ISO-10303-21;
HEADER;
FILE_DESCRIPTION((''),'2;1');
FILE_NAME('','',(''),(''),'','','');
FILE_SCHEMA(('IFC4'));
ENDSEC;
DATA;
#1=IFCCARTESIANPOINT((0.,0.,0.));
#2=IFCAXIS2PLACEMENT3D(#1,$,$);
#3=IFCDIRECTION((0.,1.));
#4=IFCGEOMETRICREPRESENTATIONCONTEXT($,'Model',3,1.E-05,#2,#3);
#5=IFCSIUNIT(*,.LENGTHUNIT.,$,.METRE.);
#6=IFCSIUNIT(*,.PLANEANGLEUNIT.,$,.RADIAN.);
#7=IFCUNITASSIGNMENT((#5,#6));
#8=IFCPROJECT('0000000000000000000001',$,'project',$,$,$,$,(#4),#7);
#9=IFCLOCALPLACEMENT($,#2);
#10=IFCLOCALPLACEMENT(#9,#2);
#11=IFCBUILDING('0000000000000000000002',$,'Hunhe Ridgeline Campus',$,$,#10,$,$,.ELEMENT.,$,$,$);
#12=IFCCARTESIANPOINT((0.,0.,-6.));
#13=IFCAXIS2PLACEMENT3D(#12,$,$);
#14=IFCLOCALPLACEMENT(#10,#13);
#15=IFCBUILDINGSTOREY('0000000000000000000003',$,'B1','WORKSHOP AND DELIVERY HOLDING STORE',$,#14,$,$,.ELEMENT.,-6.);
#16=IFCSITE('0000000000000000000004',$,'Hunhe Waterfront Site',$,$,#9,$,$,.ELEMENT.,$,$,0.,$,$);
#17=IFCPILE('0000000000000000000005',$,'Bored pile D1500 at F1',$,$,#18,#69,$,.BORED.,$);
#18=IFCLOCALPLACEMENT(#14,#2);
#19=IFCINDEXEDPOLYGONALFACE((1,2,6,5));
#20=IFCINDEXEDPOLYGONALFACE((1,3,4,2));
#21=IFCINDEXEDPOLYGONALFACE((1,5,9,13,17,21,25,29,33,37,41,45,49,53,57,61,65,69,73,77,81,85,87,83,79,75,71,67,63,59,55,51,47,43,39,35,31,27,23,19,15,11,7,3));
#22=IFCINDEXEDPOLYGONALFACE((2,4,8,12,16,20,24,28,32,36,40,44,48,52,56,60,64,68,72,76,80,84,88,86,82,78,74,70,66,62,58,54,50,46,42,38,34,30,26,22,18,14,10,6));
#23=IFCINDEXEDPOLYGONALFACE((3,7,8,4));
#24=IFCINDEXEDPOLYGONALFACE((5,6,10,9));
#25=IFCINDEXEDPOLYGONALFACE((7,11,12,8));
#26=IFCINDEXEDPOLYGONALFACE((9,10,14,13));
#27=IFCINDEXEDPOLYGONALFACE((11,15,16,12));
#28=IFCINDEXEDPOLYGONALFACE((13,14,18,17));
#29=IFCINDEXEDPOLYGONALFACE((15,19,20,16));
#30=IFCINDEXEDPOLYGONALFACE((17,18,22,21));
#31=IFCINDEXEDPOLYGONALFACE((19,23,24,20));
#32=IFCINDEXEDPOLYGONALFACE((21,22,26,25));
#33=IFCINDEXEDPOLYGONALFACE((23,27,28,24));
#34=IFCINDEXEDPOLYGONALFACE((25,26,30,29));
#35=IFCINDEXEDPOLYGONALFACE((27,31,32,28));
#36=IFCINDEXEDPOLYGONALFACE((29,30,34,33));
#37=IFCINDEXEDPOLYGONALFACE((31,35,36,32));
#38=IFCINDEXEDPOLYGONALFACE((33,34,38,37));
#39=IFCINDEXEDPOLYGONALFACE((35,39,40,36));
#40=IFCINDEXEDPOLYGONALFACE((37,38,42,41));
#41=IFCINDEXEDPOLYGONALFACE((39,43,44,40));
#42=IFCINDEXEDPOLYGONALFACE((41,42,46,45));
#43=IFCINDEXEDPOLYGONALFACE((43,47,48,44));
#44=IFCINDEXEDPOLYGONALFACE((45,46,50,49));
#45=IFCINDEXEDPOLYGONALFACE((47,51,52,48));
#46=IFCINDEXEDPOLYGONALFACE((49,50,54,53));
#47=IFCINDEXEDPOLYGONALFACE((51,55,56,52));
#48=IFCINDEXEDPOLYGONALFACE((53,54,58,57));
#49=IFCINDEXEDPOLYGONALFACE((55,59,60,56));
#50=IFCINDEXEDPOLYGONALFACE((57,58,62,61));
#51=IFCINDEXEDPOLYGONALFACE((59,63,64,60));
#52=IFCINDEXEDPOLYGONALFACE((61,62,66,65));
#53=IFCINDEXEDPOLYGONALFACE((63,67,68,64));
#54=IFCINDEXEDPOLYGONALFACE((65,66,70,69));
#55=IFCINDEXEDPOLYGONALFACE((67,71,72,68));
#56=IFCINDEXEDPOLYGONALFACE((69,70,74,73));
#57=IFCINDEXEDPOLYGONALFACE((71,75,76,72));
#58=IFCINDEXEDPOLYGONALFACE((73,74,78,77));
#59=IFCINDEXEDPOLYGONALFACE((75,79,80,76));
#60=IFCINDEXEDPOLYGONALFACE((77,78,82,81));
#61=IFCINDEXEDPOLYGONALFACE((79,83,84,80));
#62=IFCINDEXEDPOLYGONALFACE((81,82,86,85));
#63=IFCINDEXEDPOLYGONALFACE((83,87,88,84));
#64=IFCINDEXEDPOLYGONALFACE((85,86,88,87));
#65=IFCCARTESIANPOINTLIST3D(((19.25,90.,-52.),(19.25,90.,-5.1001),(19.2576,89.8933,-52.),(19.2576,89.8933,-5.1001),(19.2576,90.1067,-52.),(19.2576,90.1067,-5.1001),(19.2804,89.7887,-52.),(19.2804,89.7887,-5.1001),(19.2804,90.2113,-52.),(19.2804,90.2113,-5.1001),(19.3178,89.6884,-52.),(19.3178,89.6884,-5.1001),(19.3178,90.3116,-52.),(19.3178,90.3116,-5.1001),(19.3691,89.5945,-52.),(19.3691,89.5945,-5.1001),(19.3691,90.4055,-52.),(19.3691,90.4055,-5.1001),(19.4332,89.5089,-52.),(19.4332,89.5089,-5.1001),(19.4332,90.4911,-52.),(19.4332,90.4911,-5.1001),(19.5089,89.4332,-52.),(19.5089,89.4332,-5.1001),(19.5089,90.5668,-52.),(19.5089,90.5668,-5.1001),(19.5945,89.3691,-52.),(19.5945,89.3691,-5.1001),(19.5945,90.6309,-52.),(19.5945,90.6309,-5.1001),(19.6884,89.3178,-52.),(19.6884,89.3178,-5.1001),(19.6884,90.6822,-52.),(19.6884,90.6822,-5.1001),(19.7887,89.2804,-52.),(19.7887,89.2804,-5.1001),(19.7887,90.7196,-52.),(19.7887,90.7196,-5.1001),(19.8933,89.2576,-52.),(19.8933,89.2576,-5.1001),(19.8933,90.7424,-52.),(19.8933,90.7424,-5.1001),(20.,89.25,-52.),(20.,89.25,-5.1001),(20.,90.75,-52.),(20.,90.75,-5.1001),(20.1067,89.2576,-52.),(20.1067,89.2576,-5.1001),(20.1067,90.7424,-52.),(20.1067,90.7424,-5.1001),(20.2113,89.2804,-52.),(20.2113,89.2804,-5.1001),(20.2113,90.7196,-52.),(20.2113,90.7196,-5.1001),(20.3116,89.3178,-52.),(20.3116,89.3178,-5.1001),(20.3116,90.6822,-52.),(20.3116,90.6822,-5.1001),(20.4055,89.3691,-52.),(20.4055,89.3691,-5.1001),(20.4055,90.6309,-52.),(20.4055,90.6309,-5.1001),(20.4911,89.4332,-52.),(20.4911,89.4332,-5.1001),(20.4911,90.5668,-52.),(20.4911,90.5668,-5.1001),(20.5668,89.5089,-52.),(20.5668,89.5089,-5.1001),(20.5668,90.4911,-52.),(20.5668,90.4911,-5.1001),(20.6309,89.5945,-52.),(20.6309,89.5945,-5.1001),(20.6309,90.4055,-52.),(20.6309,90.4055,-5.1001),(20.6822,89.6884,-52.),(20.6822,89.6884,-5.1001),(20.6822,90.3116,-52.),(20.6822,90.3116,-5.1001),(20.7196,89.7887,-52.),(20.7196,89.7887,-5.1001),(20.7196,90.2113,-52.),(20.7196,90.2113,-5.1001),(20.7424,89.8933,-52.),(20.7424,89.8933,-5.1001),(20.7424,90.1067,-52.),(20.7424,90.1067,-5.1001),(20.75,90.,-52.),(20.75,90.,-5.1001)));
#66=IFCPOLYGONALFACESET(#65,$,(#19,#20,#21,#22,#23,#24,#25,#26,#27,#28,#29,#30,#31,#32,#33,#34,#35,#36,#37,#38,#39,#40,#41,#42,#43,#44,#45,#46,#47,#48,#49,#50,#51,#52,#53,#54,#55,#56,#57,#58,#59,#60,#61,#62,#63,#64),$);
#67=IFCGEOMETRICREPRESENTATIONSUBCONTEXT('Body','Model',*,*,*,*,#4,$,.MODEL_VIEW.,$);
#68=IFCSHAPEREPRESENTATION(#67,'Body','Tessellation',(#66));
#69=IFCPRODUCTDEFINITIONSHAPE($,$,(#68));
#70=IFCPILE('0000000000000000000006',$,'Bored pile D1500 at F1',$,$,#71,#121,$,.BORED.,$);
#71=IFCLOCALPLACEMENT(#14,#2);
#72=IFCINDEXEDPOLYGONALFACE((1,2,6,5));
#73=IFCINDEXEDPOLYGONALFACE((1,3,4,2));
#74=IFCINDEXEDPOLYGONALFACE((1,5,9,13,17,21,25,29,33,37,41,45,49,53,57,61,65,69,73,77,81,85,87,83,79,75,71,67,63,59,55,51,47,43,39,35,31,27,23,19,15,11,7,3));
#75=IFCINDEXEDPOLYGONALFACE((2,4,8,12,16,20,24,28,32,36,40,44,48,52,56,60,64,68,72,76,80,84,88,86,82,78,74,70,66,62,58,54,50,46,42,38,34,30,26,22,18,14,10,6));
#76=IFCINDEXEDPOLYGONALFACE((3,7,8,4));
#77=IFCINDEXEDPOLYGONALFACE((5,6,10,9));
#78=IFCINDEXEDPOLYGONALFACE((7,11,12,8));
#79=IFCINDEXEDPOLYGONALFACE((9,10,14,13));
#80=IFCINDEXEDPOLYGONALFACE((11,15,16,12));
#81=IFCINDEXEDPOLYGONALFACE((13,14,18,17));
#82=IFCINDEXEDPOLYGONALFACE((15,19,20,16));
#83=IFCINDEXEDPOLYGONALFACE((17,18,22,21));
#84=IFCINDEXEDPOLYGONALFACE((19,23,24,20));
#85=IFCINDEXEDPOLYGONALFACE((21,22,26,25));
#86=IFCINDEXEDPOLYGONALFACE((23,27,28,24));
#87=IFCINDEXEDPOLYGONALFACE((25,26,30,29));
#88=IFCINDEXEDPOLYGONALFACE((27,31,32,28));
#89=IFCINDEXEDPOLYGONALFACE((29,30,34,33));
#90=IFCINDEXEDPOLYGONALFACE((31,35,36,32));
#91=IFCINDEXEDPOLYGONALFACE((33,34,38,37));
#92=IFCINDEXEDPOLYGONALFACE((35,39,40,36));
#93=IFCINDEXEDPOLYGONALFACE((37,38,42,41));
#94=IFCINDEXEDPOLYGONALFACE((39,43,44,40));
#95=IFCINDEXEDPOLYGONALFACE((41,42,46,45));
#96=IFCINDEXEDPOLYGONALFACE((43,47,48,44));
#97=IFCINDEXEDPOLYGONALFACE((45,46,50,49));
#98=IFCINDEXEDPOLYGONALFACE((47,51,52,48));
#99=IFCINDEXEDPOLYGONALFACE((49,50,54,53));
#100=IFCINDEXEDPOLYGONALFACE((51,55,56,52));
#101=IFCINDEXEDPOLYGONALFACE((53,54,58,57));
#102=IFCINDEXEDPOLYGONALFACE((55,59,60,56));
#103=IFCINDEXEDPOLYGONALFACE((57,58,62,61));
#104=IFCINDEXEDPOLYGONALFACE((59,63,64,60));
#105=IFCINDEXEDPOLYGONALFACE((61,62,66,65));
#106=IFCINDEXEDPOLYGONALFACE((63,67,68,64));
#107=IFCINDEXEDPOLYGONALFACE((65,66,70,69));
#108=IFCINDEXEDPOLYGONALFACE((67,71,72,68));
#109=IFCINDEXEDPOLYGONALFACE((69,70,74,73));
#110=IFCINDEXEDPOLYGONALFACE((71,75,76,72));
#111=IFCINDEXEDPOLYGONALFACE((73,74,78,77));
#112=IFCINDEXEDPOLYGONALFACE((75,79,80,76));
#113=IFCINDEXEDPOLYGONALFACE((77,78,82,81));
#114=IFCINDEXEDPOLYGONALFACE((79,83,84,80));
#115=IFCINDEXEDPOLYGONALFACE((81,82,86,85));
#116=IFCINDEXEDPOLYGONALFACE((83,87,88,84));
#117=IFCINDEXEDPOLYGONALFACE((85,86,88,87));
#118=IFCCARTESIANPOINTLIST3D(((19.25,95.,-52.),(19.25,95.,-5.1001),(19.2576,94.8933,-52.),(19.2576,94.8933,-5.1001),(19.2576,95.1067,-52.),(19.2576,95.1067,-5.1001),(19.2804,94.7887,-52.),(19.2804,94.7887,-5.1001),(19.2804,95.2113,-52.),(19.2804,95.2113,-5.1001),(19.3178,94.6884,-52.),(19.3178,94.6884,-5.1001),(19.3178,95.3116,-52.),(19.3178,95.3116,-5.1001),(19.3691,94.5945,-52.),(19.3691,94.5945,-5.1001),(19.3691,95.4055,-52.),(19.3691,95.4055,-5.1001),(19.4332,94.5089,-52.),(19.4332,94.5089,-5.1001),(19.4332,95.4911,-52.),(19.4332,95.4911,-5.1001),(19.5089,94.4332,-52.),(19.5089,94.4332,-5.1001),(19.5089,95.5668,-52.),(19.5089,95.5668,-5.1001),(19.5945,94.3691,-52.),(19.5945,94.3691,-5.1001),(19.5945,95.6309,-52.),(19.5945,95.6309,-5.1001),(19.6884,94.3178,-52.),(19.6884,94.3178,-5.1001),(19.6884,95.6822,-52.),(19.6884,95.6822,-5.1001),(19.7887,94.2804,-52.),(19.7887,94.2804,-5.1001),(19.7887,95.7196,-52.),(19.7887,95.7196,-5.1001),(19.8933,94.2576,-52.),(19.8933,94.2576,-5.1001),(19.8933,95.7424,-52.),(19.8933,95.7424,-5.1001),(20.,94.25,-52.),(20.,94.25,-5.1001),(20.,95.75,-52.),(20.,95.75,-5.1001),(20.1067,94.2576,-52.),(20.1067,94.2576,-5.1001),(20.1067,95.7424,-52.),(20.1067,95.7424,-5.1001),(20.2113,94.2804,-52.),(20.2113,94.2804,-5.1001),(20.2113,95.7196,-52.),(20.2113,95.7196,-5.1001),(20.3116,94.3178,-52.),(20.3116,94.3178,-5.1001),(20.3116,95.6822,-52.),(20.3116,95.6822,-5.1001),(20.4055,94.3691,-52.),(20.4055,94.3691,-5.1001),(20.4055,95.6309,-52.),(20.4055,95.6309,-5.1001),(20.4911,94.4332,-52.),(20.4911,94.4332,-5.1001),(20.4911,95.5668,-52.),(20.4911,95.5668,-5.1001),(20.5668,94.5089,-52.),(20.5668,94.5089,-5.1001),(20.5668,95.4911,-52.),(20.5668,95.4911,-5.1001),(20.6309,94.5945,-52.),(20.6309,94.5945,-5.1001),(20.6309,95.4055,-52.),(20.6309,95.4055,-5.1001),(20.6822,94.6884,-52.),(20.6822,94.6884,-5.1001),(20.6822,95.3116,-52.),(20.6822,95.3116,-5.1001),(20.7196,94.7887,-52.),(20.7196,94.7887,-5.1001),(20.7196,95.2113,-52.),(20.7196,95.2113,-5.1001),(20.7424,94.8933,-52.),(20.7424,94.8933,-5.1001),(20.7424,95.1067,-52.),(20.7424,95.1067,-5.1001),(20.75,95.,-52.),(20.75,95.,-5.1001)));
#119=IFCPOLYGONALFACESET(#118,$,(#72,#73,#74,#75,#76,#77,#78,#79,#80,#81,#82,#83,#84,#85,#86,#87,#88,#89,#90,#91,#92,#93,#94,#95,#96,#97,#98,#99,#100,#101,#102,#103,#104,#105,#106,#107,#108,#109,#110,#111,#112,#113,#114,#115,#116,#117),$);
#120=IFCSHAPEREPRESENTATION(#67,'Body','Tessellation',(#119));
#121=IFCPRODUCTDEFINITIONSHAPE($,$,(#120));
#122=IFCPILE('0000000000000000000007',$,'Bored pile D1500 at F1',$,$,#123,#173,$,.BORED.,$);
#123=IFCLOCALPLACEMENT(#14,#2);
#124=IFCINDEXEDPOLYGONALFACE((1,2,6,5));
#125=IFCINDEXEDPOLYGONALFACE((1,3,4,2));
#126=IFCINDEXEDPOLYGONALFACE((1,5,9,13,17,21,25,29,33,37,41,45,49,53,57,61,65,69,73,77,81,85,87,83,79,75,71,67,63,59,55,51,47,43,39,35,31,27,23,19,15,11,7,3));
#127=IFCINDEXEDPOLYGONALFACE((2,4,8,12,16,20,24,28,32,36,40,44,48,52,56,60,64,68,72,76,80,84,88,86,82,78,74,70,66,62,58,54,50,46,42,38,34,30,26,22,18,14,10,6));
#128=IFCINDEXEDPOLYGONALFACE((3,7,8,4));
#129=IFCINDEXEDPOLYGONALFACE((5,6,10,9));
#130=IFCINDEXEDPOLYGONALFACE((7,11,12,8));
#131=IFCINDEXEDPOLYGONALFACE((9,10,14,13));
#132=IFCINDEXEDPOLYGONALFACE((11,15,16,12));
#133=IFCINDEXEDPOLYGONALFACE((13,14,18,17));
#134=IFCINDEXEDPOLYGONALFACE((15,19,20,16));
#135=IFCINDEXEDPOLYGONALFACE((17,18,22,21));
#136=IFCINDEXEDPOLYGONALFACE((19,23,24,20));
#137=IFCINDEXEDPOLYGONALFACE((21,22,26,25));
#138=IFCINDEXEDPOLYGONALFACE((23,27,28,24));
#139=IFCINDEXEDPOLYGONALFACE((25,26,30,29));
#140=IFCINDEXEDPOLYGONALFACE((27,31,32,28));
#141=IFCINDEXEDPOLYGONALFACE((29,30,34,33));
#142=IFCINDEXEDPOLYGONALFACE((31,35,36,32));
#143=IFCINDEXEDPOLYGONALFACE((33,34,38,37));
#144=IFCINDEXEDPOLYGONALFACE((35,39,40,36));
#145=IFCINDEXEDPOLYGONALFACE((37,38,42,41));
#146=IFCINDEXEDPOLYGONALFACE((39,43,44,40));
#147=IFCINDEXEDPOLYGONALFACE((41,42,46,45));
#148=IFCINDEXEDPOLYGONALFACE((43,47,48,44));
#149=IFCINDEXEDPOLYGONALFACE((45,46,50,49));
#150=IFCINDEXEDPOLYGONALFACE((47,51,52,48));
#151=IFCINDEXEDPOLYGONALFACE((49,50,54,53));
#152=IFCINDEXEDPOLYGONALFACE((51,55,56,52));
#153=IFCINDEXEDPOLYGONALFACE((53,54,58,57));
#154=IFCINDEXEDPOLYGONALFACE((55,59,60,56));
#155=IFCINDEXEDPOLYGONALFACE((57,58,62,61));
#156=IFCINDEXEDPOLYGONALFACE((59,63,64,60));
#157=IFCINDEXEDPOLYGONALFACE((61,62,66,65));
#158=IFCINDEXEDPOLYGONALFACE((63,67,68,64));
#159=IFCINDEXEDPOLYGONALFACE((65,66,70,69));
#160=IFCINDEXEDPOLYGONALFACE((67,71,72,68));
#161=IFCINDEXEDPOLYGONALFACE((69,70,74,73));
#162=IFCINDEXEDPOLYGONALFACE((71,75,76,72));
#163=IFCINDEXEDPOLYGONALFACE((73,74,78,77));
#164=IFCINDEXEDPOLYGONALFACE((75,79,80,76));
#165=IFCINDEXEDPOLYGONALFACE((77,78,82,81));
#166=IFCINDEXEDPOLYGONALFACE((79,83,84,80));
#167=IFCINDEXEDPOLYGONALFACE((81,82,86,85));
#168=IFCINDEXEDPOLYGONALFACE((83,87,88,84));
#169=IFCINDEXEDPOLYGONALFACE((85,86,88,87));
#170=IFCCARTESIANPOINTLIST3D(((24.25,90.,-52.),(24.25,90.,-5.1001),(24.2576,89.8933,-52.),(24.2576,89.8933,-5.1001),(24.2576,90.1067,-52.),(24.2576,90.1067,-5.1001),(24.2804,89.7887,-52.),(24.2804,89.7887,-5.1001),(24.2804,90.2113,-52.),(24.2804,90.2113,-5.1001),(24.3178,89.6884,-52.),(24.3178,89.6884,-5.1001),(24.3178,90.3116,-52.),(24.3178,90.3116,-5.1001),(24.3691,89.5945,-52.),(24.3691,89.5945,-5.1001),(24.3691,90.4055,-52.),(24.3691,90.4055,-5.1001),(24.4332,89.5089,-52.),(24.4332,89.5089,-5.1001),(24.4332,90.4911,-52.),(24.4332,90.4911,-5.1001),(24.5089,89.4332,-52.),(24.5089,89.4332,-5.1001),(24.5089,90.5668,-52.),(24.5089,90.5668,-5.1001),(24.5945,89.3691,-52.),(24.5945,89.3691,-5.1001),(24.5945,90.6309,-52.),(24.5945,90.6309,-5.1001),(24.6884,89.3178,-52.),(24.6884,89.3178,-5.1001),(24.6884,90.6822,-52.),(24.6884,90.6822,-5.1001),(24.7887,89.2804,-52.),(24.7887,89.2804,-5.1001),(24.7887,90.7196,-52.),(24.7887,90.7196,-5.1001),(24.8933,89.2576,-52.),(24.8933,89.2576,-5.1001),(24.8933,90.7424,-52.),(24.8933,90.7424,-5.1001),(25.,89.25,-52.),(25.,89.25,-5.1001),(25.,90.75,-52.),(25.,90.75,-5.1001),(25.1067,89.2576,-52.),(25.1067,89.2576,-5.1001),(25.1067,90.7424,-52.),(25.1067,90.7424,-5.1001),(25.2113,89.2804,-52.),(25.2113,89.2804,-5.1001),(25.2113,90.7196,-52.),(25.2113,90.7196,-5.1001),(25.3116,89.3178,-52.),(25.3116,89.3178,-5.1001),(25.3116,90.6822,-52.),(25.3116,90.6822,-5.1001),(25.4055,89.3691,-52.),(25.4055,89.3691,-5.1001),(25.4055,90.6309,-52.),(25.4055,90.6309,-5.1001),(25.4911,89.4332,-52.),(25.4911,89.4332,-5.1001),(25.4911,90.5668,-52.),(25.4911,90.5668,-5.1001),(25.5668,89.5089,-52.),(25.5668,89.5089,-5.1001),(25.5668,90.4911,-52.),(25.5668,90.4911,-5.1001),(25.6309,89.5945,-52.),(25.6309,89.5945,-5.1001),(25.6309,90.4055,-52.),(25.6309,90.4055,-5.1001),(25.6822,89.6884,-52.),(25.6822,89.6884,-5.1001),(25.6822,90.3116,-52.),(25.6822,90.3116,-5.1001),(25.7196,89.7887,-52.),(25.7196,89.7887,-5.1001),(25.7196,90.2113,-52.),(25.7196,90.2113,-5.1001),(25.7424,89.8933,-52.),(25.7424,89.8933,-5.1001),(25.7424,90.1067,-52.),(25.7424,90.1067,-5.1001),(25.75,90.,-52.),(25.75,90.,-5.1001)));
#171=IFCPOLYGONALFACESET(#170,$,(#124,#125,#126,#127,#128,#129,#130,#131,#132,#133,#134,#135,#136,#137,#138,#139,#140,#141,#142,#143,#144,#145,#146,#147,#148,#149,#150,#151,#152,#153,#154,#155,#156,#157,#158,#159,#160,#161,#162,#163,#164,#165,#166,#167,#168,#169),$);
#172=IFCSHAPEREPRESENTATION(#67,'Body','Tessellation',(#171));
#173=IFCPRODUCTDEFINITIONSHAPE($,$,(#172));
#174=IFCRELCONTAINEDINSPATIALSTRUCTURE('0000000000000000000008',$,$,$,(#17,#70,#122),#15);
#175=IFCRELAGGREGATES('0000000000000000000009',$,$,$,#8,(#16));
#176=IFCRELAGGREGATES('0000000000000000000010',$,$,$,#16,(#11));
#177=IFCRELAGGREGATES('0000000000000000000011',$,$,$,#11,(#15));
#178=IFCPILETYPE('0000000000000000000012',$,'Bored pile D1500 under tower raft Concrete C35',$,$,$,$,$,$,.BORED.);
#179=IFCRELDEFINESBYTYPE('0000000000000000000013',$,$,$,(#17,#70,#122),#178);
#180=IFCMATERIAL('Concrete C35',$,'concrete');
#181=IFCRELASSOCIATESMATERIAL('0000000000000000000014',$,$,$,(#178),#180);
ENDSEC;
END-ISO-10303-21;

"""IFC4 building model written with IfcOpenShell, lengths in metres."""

from ifc_helpers import new_model, si_unit, direction, frame, origin, origin_2d, place, context, subcontext, project, spatial, circle, extrude, material, material_profile, profile_set, type_object, element, save


model = new_model("IFC4")

# Units and contexts
model_context = context("Model", 3, precision=1e-05, world=origin(), true_north=direction((0.0, 1.0)))
body_context = subcontext(model_context, "Body", "Model", "MODEL_VIEW")
ifc_project = project(units=[si_unit("LENGTHUNIT", "METRE"), si_unit("PLANEANGLEUNIT", "RADIAN")], contexts=[model_context])

# Site, building, storey
site_placement = place(None, origin())
site = spatial("IfcSite", under=ifc_project, at=site_placement, Name="Hunhe Waterfront Site", CompositionType="ELEMENT", RefElevation=0.0)
building_placement = place(site_placement, origin())
building = spatial("IfcBuilding", under=site, at=building_placement, Name="Hunhe Ridgeline Campus", CompositionType="ELEMENT")
storey_placement = place(building_placement, frame((0.0, 0.0, -6.0)))
storey = spatial("IfcBuildingStorey", under=building, at=storey_placement, Name="B1", Description="WORKSHOP AND DELIVERY HOLDING STORE", CompositionType="ELEMENT", Elevation=-6.0)

# Piles
ifc_material_1 = material(Name="Concrete C35", Category="concrete")
ifc_material_profile = material_profile(ifc_material_1, circle(Radius=0.75, at=origin_2d()))
ifc_profile_set = profile_set([ifc_material_profile], Name="Concrete C35")
pile_type = type_object("IfcPileType", Name="Bored pile D1500 under tower raft Concrete C35", PredefinedType="BORED", material=ifc_profile_set)
for number, where, z_axis, x_axis, name in (
    (1, (20.0, 90.0, -5.1001), (0.0, 0.0, -1.0), (1.0, 0.0, 0.0), "Bored pile D1500 at F1"),
    (2, (20.0, 95.0, -5.1001), (0.0, 0.0, -1.0), (1.0, 0.0, 0.0), "Bored pile D1500 at F1"),
    (3, (25.0, 90.0, -5.1001), (0.0, 0.0, -1.0), (1.0, 0.0, 0.0), "Bored pile D1500 at F1"),
):
    element("IfcPile", number, at=place(storey_placement, frame(where, z_axis=z_axis, x_axis=x_axis)), inside=storey, type_object=pile_type, Name=name, PredefinedType="BORED", context=body_context, shape_type="SweptSolid", body=[
        extrude(circle(Radius=0.75, at=origin_2d()), origin(), (0.0, 0.0, 1.0), 46.8999),
    ])

save(model, "model.ifc")
